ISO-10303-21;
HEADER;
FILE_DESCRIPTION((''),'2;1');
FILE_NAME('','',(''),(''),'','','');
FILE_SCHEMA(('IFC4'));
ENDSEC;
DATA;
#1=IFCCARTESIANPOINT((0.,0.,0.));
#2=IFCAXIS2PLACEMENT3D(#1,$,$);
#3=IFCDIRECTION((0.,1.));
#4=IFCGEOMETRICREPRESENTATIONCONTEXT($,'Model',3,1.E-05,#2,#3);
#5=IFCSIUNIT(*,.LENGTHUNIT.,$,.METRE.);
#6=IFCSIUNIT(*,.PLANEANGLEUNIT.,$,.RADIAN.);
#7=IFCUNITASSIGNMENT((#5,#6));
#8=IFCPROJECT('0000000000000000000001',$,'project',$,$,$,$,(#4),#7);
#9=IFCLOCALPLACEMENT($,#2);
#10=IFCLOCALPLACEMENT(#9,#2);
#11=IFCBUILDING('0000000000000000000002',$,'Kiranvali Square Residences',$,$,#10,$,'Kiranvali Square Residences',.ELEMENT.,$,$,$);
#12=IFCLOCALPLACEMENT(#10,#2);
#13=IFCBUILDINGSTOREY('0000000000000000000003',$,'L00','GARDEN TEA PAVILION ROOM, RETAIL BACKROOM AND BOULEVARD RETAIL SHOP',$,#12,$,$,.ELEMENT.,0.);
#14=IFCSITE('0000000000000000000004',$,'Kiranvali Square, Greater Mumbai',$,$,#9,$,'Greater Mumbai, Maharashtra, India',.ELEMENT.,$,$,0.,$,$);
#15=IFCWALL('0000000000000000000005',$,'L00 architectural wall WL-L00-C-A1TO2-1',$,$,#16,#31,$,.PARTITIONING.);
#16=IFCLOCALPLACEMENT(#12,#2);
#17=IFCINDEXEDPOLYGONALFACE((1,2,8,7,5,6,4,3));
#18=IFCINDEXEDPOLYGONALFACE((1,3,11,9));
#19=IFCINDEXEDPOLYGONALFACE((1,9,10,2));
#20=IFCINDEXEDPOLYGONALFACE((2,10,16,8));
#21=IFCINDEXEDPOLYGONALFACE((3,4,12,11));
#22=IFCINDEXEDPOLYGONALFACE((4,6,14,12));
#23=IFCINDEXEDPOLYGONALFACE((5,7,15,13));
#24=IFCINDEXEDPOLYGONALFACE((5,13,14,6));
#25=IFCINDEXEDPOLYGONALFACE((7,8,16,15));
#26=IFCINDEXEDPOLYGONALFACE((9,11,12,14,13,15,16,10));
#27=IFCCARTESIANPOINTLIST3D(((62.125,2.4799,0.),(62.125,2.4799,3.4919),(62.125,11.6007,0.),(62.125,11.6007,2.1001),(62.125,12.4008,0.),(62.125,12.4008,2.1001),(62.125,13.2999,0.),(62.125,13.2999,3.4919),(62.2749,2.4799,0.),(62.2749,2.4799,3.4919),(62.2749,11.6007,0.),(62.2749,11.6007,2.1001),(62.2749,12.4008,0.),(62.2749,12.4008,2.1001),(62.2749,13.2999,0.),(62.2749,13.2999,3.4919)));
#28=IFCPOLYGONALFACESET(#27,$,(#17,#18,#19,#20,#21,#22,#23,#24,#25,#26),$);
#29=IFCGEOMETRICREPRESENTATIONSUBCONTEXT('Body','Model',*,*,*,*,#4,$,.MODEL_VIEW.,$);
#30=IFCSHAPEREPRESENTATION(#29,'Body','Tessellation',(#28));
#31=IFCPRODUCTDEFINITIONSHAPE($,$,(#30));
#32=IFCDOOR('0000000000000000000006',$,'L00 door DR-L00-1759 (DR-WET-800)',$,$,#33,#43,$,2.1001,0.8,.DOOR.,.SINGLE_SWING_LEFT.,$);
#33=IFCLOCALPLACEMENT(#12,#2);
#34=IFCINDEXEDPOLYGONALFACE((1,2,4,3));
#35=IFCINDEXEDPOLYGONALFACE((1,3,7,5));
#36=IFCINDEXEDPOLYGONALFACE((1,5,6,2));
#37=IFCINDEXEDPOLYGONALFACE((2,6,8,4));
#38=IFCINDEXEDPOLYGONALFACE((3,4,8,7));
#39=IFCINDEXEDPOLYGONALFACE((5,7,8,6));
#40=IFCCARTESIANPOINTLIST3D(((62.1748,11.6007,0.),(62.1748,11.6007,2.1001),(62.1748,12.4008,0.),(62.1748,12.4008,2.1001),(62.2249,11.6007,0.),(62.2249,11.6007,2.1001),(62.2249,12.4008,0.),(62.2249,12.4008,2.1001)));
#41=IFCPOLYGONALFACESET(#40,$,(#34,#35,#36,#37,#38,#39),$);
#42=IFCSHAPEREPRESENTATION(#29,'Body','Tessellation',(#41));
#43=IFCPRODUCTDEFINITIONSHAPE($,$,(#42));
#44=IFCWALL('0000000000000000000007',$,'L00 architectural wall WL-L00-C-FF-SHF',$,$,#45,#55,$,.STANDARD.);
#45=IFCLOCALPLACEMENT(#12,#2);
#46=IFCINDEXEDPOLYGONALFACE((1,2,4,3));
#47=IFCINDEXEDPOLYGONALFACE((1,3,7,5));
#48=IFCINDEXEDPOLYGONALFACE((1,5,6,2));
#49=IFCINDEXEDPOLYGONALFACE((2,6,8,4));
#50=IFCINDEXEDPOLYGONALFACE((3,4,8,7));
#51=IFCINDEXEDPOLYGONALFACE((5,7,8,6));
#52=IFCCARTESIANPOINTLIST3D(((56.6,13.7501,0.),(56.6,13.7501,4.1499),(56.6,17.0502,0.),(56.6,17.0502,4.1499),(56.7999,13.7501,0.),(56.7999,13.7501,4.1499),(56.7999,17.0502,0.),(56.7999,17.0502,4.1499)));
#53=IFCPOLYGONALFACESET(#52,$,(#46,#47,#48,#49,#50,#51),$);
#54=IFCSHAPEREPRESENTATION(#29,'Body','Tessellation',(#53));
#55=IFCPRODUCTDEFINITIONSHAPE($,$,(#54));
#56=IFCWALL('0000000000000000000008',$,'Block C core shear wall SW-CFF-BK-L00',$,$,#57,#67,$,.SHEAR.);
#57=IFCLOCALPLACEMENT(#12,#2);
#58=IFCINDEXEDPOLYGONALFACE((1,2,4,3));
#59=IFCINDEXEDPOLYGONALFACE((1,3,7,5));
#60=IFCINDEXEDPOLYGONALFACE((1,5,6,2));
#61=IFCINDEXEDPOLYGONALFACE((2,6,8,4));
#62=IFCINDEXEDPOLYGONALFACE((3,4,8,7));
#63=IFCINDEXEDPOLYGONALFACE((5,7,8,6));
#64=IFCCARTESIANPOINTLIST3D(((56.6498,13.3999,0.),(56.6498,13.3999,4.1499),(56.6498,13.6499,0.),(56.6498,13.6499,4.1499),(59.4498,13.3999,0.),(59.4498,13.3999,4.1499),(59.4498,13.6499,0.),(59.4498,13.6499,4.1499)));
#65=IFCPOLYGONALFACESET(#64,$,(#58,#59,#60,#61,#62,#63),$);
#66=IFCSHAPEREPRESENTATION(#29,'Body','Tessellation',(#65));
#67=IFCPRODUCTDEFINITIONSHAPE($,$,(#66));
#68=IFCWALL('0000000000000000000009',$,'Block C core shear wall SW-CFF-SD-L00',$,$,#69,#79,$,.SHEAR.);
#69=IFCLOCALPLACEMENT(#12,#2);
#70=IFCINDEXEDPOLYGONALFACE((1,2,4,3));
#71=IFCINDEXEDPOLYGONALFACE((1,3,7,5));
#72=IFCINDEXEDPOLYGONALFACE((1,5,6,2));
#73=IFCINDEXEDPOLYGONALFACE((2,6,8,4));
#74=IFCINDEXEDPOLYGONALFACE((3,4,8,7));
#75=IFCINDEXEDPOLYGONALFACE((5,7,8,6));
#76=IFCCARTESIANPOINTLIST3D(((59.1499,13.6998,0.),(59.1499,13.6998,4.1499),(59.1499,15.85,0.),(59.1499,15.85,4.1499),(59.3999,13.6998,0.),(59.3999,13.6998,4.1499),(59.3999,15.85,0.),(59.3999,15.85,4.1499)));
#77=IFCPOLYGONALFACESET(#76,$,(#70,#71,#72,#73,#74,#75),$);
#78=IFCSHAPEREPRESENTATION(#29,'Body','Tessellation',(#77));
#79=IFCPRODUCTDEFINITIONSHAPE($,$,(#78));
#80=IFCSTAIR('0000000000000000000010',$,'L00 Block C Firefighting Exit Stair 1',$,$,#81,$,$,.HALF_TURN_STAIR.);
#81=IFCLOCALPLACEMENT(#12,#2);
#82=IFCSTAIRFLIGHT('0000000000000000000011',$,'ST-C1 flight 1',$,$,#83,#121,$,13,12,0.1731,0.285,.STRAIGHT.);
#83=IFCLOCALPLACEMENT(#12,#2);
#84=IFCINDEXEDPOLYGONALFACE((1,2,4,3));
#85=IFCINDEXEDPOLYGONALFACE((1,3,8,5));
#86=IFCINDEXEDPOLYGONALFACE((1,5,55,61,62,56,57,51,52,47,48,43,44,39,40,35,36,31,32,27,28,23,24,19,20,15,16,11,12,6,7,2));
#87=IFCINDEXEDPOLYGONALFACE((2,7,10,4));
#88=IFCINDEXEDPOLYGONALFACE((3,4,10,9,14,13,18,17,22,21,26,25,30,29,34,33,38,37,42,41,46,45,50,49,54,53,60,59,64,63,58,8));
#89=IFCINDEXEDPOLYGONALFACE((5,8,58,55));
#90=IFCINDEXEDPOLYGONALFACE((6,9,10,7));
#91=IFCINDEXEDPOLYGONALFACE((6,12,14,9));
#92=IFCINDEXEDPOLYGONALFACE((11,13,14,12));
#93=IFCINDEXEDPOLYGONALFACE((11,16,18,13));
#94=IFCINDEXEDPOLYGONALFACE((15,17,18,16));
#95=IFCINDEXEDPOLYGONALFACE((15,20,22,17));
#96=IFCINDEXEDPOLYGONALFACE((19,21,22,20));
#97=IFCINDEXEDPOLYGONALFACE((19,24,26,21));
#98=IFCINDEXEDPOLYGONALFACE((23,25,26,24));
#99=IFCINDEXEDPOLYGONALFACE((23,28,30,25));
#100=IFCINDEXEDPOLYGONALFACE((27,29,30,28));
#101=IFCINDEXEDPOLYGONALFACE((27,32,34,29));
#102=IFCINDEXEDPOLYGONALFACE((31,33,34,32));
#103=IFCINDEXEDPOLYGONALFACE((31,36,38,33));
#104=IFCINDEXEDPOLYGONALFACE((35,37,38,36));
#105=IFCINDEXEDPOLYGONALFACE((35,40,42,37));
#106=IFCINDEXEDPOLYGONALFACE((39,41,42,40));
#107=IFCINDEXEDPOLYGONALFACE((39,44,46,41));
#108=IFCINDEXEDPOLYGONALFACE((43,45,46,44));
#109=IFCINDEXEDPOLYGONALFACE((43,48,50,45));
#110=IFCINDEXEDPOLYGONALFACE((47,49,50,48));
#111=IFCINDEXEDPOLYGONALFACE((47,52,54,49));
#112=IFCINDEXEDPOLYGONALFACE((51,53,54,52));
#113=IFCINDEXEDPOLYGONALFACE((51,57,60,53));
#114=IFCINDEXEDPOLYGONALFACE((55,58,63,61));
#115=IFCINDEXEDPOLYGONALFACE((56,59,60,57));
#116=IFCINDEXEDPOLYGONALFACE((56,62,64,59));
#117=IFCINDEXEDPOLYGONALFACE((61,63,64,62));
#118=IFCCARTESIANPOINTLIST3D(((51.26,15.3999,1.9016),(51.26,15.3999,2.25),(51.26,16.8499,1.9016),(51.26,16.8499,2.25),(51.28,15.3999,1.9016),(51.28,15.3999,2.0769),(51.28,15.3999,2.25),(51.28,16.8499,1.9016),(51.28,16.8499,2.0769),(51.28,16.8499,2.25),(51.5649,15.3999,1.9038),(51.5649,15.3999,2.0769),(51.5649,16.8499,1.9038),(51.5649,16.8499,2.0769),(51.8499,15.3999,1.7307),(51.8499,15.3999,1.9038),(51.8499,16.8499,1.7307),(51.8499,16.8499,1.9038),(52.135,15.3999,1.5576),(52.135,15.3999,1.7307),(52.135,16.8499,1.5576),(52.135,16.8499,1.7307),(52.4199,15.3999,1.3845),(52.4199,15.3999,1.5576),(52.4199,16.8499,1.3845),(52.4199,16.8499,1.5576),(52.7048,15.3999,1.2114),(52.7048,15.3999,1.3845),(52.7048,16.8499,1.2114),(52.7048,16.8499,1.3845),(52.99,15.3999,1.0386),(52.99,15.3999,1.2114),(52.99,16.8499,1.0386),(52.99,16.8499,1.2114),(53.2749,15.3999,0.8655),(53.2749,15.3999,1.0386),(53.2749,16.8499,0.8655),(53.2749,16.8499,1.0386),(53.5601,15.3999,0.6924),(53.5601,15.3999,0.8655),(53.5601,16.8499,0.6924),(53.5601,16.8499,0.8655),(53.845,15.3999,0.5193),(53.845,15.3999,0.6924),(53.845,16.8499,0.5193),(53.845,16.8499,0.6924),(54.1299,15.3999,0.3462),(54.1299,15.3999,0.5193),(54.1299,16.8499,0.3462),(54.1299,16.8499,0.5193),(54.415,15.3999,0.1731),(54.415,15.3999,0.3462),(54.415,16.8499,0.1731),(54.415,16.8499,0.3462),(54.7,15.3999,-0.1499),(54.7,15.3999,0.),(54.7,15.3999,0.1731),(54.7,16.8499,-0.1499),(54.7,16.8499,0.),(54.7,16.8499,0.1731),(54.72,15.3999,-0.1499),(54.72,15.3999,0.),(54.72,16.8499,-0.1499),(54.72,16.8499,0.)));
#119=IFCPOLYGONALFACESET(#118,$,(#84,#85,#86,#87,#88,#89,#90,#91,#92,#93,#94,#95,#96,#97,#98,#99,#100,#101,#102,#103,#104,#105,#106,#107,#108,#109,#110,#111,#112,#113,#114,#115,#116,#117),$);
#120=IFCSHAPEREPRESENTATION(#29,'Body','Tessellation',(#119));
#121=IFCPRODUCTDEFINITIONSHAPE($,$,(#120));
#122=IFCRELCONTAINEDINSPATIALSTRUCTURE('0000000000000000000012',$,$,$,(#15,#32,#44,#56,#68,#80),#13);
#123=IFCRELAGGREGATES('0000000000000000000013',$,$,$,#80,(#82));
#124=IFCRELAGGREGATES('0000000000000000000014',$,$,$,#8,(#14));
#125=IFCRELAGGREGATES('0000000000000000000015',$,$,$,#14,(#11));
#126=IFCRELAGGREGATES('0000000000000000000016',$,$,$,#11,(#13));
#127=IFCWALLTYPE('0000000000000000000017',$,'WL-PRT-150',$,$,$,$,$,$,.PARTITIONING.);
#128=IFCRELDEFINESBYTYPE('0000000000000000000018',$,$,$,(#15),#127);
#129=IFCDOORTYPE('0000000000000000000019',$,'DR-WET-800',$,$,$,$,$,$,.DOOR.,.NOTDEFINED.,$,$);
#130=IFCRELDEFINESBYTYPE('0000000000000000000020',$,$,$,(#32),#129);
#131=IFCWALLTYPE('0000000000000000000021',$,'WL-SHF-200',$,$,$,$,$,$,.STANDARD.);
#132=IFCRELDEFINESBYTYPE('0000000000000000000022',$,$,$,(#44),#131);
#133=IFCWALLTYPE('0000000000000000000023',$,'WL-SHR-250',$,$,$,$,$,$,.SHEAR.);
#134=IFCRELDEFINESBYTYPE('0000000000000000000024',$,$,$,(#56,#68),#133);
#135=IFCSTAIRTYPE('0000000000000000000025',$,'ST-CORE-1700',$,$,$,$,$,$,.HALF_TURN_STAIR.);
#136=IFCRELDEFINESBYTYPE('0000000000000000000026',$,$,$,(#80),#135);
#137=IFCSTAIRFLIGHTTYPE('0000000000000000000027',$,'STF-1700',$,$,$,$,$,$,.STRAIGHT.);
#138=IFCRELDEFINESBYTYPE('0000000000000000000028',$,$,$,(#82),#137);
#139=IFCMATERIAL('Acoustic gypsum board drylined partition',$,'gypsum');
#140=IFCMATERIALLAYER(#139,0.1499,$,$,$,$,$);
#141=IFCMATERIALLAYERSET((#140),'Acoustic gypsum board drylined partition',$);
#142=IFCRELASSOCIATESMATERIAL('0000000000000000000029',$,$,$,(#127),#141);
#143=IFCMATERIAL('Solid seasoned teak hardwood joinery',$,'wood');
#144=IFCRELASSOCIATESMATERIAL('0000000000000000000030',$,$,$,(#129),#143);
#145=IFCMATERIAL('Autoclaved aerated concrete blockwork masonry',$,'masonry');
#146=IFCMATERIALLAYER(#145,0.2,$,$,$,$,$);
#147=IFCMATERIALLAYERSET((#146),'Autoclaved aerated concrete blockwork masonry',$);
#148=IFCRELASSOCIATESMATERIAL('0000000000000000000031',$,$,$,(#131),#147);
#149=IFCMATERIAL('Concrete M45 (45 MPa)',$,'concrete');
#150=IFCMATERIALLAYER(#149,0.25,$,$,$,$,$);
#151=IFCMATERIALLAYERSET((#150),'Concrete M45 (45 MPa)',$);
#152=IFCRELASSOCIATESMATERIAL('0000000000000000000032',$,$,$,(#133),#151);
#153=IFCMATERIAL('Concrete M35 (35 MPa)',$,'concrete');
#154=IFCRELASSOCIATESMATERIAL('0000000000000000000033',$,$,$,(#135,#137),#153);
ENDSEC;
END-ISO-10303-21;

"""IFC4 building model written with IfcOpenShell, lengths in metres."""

from ifc_helpers import new_model, si_unit, direction, frame, frame_2d, origin, place, context, subcontext, project, spatial, polyline, rectangle, outline, extrude, material, layer, layer_set, type_object, element, fill, aggregate, save


model = new_model("IFC4")

# Units and contexts
model_context = context("Model", 3, precision=1e-05, world=origin(), true_north=direction((0.0, 1.0)))
body_context = subcontext(model_context, "Body", "Model", "MODEL_VIEW")
ifc_project = project(units=[si_unit("LENGTHUNIT", "METRE"), si_unit("PLANEANGLEUNIT", "RADIAN")], contexts=[model_context])

# Site, building, storey
site_placement = place(None, origin())
site = spatial("IfcSite", under=ifc_project, at=site_placement, Name="Kiranvali Square, Greater Mumbai", LongName="Greater Mumbai, Maharashtra, India", CompositionType="ELEMENT", RefElevation=0.0)
building_placement = place(site_placement, origin())
building = spatial("IfcBuilding", under=site, at=building_placement, Name="Kiranvali Square Residences", LongName="Kiranvali Square Residences", CompositionType="ELEMENT")
storey_placement = place(building_placement, origin())
storey = spatial("IfcBuildingStorey", under=building, at=storey_placement, Name="L00", Description="GARDEN TEA PAVILION ROOM, RETAIL BACKROOM AND BOULEVARD RETAIL SHOP", CompositionType="ELEMENT", Elevation=0.0)

# Shared definitions
ifc_material_1 = material(Name="Concrete M45 (45 MPa)", Category="concrete")

# Shared definitions
ifc_material_2 = material(Name="Autoclaved aerated concrete blockwork masonry", Category="masonry")

# Wall, opening, door
ifc_material_3 = material(Name="Acoustic gypsum board drylined partition", Category="gypsum")
ifc_layer_1 = layer(ifc_material_3, 0.1499)
ifc_layer_set_1 = layer_set([ifc_layer_1], Name="Acoustic gypsum board drylined partition")
wall_type_1 = type_object("IfcWallType", Name="WL-PRT-150", PredefinedType="PARTITIONING", material=ifc_layer_set_1)
ifc_material_4 = material(Name="Solid seasoned teak hardwood joinery", Category="wood")
door_type_1 = type_object("IfcDoorType", Name="DR-WET-800", OperationType="NOTDEFINED", PredefinedType="DOOR", material=ifc_material_4)
wall_1_placement = place(storey_placement, frame((62.2, 13.3, 0.0), z_axis=(0.0, 0.0, 1.0), x_axis=(0.0, -1.0, 0.0)))
wall_1 = element("IfcWall", 1, at=wall_1_placement, inside=storey, type_object=wall_type_1, Name="L00 architectural wall WL-L00-C-A1TO2-1", PredefinedType="PARTITIONING", context=body_context, shape_type="SweptSolid", body=[
    extrude(rectangle(XDim=10.8201, YDim=0.1499, at=frame_2d((5.4102, 0.0))), origin(), (0.0, 0.0, 1.0), 3.4919),
])
opening_1_placement = place(wall_1_placement, frame((0.8994, 0.0, 0.0)))
opening_1 = element("IfcOpeningElement", 2, at=opening_1_placement, cuts=wall_1, PredefinedType="OPENING", context=body_context, shape_type="SweptSolid", body=[
    extrude(rectangle(XDim=0.8, YDim=2.1001, at=frame_2d((0.3999, 1.05))), frame((0.0, 0.085, 0.0), z_axis=(0.0, -1.0, 0.0), x_axis=(1.0, 0.0, 0.0)), (0.0, 0.0, 1.0), 0.1699),
])
door_1_placement = place(opening_1_placement, origin())
door_1 = element("IfcDoor", 3, at=door_1_placement, inside=storey, type_object=door_type_1, Name="L00 door DR-L00-1759 (DR-WET-800)", OperationType="SINGLE_SWING_LEFT", OverallHeight=2.1001, OverallWidth=0.8, PredefinedType="DOOR", context=body_context, shape_type="SweptSolid", body=[
    extrude(rectangle(XDim=0.8, YDim=2.1001, at=frame_2d((0.3999, 1.05))), frame((0.0, 0.0249, 0.0), z_axis=(0.0, -1.0, 0.0), x_axis=(1.0, 0.0, 0.0)), (0.0, 0.0, 1.0), 0.05),
])
fill(opening_1, door_1)

# Walls
ifc_layer_2 = layer(ifc_material_2, 0.2)
ifc_layer_set_2 = layer_set([ifc_layer_2], Name="Autoclaved aerated concrete blockwork masonry")
wall_type_2 = type_object("IfcWallType", Name="WL-SHF-200", PredefinedType="STANDARD", material=ifc_layer_set_2)
wall_2_placement = place(storey_placement, frame((56.7, 17.05, 0.0), z_axis=(0.0, 0.0, 1.0), x_axis=(0.0, -1.0, 0.0)))
element("IfcWall", 4, at=wall_2_placement, inside=storey, type_object=wall_type_2, Name="L00 architectural wall WL-L00-C-FF-SHF", PredefinedType="STANDARD", context=body_context, shape_type="SweptSolid", body=[
    extrude(rectangle(XDim=3.3, YDim=0.2, at=frame_2d((1.6499, 0.0))), origin(), (0.0, 0.0, 1.0), 4.1499),
])
ifc_layer_3 = layer(ifc_material_1, 0.25)
ifc_layer_set_3 = layer_set([ifc_layer_3], Name="Concrete M45 (45 MPa)")
wall_type_3 = type_object("IfcWallType", Name="WL-SHR-250", PredefinedType="SHEAR", material=ifc_layer_set_3)
wall_3_placement = place(storey_placement, frame((56.6499, 13.5249, 0.0), z_axis=(0.0, 0.0, 1.0), x_axis=(1.0, 0.0, 0.0)))
element("IfcWall", 5, at=wall_3_placement, inside=storey, type_object=wall_type_3, Name="Block C core shear wall SW-CFF-BK-L00", PredefinedType="SHEAR", context=body_context, shape_type="SweptSolid", body=[
    extrude(rectangle(XDim=2.8, YDim=0.25, at=frame_2d((1.3999, 0.0))), origin(), (0.0, 0.0, 1.0), 4.1499),
])
wall_4_placement = place(storey_placement, frame((59.2749, 15.8501, 0.0), z_axis=(0.0, 0.0, 1.0), x_axis=(0.0, -1.0, 0.0)))
element("IfcWall", 6, at=wall_4_placement, inside=storey, type_object=wall_type_3, Name="Block C core shear wall SW-CFF-SD-L00", PredefinedType="SHEAR", context=body_context, shape_type="SweptSolid", body=[
    extrude(rectangle(XDim=2.1501, YDim=0.25, at=frame_2d((1.0752, 0.0))), origin(), (0.0, 0.0, 1.0), 4.1499),
])

# Stair, stair flight
ifc_material_5 = material(Name="Concrete M35 (35 MPa)", Category="concrete")
stair_type = type_object("IfcStairType", Name="ST-CORE-1700", PredefinedType="HALF_TURN_STAIR", material=ifc_material_5)
stair_placement = place(storey_placement, origin())
stair = element("IfcStair", 7, at=stair_placement, inside=storey, type_object=stair_type, Name="L00 Block C Firefighting Exit Stair 1", PredefinedType="HALF_TURN_STAIR")
stair_flight_type = type_object("IfcStairFlightType", Name="STF-1700", PredefinedType="STRAIGHT", material=ifc_material_5)
stair_flight_placement = place(storey_placement, frame((54.7, 16.125, 0.0), z_axis=(0.0, 0.0, 1.0), x_axis=(-1.0, 0.0, 0.0)))
stair_flight = element("IfcStairFlight", 8, at=stair_flight_placement, type_object=stair_flight_type, Name="ST-C1 flight 1", NumberOfRisers=13, NumberOfTreads=12, PredefinedType="STRAIGHT", RiserHeight=0.1731, TreadLength=0.285, context=body_context, shape_type="SweptSolid", body=[
    extrude(outline(polyline([(-0.02, -0.1499), (-0.02, 0.0), (0.0, 0.0), (0.0, 0.1731), (0.2849, 0.1731), (0.2849, 0.3462), (0.5701, 0.3462), (0.5701, 0.5193), (0.855, 0.5193), (0.855, 0.6924), (1.1399, 0.6924), (1.1399, 0.8655), (1.425, 0.8655), (1.425, 1.0386), (1.71, 1.0386), (1.71, 1.2114), (1.9951, 1.2114), (1.9951, 1.3845), (2.28, 1.3845), (2.28, 1.5576), (2.5649, 1.5576), (2.5649, 1.7307), (2.8501, 1.7307), (2.8501, 1.9038), (3.135, 1.9038), (3.135, 2.0769), (3.4199, 2.0769), (3.4199, 2.25), (3.4399, 2.25), (3.4399, 1.9016), (3.4199, 1.9016), (0.0, -0.1499), (-0.02, -0.1499)])), frame((0.0, 0.7251, 0.0), z_axis=(0.0, -1.0, 0.0), x_axis=(1.0, 0.0, 0.0)), (0.0, 0.0, 1.0), 1.45),
])
aggregate(stair, [stair_flight])

save(model, "model.ifc")
